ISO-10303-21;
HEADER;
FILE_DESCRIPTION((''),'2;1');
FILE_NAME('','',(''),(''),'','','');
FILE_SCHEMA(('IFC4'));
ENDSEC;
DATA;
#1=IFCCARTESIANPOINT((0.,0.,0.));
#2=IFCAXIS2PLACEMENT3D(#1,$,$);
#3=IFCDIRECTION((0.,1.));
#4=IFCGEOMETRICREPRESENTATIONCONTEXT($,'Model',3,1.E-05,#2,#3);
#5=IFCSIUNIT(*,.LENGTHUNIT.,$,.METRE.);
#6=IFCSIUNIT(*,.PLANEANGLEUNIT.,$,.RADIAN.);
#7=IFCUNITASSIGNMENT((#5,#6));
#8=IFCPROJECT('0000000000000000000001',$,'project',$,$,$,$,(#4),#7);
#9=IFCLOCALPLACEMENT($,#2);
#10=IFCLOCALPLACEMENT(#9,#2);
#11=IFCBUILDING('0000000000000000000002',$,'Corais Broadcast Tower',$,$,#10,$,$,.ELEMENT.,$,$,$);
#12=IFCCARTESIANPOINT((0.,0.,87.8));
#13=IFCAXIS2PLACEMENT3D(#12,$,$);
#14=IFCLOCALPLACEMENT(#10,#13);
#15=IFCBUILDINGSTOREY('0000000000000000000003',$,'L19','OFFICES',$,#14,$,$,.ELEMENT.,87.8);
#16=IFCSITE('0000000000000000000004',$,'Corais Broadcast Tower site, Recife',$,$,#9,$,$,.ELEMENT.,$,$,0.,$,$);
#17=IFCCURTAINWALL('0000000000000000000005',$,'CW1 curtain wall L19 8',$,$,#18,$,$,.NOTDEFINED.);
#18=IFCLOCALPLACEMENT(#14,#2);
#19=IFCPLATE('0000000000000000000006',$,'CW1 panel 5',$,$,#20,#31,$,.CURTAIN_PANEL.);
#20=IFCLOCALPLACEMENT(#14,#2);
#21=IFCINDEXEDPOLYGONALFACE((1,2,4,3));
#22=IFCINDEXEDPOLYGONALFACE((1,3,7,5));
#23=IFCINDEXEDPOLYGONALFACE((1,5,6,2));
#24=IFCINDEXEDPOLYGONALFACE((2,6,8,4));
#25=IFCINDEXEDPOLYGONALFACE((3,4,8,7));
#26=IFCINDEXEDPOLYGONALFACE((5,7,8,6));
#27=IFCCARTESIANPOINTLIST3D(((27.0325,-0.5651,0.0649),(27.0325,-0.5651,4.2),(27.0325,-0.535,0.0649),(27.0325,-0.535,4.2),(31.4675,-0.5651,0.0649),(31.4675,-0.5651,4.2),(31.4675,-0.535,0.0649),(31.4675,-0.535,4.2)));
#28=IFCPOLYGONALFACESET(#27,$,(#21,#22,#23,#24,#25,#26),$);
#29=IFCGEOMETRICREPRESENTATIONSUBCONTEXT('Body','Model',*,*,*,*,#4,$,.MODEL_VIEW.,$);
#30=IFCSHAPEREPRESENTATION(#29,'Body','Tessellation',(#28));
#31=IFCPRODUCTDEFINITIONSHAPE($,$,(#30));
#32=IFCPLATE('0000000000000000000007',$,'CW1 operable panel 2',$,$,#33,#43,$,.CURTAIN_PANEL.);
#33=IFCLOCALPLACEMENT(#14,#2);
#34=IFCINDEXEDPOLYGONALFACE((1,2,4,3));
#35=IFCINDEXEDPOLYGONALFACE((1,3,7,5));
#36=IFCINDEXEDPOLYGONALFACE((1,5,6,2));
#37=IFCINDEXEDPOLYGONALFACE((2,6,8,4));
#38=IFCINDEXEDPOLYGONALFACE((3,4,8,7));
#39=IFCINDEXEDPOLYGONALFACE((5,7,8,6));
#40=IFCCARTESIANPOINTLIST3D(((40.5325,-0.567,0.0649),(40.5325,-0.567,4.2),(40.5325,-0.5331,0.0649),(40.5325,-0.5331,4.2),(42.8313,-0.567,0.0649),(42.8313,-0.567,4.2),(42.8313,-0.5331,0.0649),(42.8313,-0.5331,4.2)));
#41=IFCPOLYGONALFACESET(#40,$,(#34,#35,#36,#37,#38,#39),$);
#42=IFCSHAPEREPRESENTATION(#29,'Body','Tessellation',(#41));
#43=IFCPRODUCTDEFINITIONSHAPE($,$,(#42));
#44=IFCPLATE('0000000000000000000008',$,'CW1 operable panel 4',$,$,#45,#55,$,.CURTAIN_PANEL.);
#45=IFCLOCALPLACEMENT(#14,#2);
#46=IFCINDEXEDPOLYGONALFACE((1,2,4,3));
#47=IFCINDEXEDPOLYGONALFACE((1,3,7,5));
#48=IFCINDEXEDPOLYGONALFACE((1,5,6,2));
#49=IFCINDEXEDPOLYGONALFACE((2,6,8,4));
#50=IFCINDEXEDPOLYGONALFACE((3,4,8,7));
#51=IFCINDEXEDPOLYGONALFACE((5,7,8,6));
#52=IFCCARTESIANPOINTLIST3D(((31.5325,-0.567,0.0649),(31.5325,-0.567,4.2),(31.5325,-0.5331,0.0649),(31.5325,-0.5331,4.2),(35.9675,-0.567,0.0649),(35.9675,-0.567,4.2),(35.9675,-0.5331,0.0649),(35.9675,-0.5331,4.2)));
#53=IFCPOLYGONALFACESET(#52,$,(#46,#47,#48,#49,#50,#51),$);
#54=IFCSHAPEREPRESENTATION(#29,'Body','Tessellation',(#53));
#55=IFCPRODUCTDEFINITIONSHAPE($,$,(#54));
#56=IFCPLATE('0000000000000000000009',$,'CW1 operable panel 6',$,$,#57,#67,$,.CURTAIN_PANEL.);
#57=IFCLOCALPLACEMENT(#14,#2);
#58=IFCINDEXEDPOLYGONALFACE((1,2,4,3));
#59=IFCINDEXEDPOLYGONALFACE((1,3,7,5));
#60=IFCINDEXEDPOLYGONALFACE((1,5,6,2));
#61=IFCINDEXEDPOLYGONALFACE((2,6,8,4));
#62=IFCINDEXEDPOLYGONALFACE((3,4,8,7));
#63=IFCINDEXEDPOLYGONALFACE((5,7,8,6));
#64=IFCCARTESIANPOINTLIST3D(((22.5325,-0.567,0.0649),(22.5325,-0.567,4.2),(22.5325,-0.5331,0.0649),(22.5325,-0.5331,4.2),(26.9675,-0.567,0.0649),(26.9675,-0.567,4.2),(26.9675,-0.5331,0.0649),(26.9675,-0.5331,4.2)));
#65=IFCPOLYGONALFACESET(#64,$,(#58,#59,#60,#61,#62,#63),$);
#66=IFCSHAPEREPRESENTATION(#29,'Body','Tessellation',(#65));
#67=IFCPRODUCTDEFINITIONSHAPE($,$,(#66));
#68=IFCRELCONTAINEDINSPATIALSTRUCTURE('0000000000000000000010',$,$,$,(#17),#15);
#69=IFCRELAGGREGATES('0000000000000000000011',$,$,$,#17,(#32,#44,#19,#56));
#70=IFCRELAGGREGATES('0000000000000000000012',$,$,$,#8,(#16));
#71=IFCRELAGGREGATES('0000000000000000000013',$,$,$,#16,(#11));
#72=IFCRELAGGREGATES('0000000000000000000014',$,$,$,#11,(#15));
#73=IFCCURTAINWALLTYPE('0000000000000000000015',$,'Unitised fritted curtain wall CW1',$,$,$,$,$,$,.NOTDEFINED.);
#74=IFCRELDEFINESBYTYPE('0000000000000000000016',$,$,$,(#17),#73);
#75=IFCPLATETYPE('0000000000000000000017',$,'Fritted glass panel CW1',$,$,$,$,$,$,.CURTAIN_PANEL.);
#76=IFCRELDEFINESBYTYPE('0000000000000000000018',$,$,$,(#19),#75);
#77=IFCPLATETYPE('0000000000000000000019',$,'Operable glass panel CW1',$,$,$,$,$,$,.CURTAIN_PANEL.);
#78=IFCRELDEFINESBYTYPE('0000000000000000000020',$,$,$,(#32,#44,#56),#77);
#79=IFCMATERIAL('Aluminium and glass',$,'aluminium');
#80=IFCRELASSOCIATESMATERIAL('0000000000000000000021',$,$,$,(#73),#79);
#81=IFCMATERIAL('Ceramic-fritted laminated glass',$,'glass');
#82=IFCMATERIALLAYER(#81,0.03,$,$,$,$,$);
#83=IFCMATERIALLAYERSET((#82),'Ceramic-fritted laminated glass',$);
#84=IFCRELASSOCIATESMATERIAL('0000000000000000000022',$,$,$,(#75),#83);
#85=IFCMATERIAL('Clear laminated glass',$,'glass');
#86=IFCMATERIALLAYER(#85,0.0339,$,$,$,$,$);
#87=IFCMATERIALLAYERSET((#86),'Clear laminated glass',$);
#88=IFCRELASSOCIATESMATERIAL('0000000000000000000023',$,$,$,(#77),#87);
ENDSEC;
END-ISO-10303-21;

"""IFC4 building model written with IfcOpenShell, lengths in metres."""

from ifc_helpers import new_model, si_unit, direction, frame, origin, origin_2d, place, context, subcontext, project, spatial, rectangle, extrude, material, layer, layer_set, type_object, element, aggregate, save


model = new_model("IFC4")

# Units and contexts
model_context = context("Model", 3, precision=1e-05, world=origin(), true_north=direction((0.0, 1.0)))
body_context = subcontext(model_context, "Body", "Model", "MODEL_VIEW")
ifc_project = project(units=[si_unit("LENGTHUNIT", "METRE"), si_unit("PLANEANGLEUNIT", "RADIAN")], contexts=[model_context])

# Site, building, storey
site_placement = place(None, origin())
site = spatial("IfcSite", under=ifc_project, at=site_placement, Name="Corais Broadcast Tower site, Recife", CompositionType="ELEMENT", RefElevation=0.0)
building_placement = place(site_placement, origin())
building = spatial("IfcBuilding", under=site, at=building_placement, Name="Corais Broadcast Tower", CompositionType="ELEMENT")
storey_placement = place(building_placement, frame((0.0, 0.0, 87.8)))
storey = spatial("IfcBuildingStorey", under=building, at=storey_placement, Name="L19", Description="OFFICES", CompositionType="ELEMENT", Elevation=87.8)

# Curtain wall
ifc_material_1 = material(Name="Aluminium and glass", Category="aluminium")
curtain_wall_type = type_object("IfcCurtainWallType", Name="Unitised fritted curtain wall CW1", PredefinedType="NOTDEFINED", material=ifc_material_1)
curtain_wall_placement = place(storey_placement, origin())
curtain_wall = element("IfcCurtainWall", 1, at=curtain_wall_placement, inside=storey, type_object=curtain_wall_type, Name="CW1 curtain wall L19 8", PredefinedType="NOTDEFINED")

# Plates
ifc_material_2 = material(Name="Ceramic-fritted laminated glass", Category="glass")
ifc_layer_1 = layer(ifc_material_2, 0.03)
ifc_layer_set_1 = layer_set([ifc_layer_1], Name="Ceramic-fritted laminated glass")
plate_type_1 = type_object("IfcPlateType", Name="Fritted glass panel CW1", PredefinedType="CURTAIN_PANEL", material=ifc_layer_set_1)
plate_1_placement = place(storey_placement, frame((29.25, -0.55, 0.0649), z_axis=(0.0, 0.0, 1.0), x_axis=(-1.0, 0.0, 0.0)))
plate_1 = element("IfcPlate", 2, at=plate_1_placement, type_object=plate_type_1, Name="CW1 panel 5", PredefinedType="CURTAIN_PANEL", context=body_context, shape_type="SweptSolid", body=[
    extrude(rectangle(XDim=4.4351, YDim=0.03, at=origin_2d()), origin(), (0.0, 0.0, 1.0), 4.135),
])
ifc_material_3 = material(Name="Clear laminated glass", Category="glass")
ifc_layer_2 = layer(ifc_material_3, 0.0339)
ifc_layer_set_2 = layer_set([ifc_layer_2], Name="Clear laminated glass")
plate_type_2 = type_object("IfcPlateType", Name="Operable glass panel CW1", PredefinedType="CURTAIN_PANEL", material=ifc_layer_set_2)
plate_2_placement = place(storey_placement, frame((41.6819, -0.55, 0.0649), z_axis=(0.0, 0.0, 1.0), x_axis=(-1.0, 0.0, 0.0)))
plate_2 = element("IfcPlate", 3, at=plate_2_placement, type_object=plate_type_2, Name="CW1 operable panel 2", PredefinedType="CURTAIN_PANEL", context=body_context, shape_type="SweptSolid", body=[
    extrude(rectangle(XDim=2.2988, YDim=0.0339, at=origin_2d()), origin(), (0.0, 0.0, 1.0), 4.135),
])
plate_3_placement = place(storey_placement, frame((33.75, -0.55, 0.0649), z_axis=(0.0, 0.0, 1.0), x_axis=(-1.0, 0.0, 0.0)))
plate_3 = element("IfcPlate", 4, at=plate_3_placement, type_object=plate_type_2, Name="CW1 operable panel 4", PredefinedType="CURTAIN_PANEL", context=body_context, shape_type="SweptSolid", body=[
    extrude(rectangle(XDim=4.4351, YDim=0.0339, at=origin_2d()), origin(), (0.0, 0.0, 1.0), 4.135),
])
plate_4_placement = place(storey_placement, frame((24.75, -0.55, 0.0649), z_axis=(0.0, 0.0, 1.0), x_axis=(-1.0, 0.0, 0.0)))
plate_4 = element("IfcPlate", 5, at=plate_4_placement, type_object=plate_type_2, Name="CW1 operable panel 6", PredefinedType="CURTAIN_PANEL", context=body_context, shape_type="SweptSolid", body=[
    extrude(rectangle(XDim=4.4351, YDim=0.0339, at=origin_2d()), origin(), (0.0, 0.0, 1.0), 4.135),
])
aggregate(curtain_wall, [plate_2, plate_3, plate_1, plate_4])

save(model, "model.ifc")
